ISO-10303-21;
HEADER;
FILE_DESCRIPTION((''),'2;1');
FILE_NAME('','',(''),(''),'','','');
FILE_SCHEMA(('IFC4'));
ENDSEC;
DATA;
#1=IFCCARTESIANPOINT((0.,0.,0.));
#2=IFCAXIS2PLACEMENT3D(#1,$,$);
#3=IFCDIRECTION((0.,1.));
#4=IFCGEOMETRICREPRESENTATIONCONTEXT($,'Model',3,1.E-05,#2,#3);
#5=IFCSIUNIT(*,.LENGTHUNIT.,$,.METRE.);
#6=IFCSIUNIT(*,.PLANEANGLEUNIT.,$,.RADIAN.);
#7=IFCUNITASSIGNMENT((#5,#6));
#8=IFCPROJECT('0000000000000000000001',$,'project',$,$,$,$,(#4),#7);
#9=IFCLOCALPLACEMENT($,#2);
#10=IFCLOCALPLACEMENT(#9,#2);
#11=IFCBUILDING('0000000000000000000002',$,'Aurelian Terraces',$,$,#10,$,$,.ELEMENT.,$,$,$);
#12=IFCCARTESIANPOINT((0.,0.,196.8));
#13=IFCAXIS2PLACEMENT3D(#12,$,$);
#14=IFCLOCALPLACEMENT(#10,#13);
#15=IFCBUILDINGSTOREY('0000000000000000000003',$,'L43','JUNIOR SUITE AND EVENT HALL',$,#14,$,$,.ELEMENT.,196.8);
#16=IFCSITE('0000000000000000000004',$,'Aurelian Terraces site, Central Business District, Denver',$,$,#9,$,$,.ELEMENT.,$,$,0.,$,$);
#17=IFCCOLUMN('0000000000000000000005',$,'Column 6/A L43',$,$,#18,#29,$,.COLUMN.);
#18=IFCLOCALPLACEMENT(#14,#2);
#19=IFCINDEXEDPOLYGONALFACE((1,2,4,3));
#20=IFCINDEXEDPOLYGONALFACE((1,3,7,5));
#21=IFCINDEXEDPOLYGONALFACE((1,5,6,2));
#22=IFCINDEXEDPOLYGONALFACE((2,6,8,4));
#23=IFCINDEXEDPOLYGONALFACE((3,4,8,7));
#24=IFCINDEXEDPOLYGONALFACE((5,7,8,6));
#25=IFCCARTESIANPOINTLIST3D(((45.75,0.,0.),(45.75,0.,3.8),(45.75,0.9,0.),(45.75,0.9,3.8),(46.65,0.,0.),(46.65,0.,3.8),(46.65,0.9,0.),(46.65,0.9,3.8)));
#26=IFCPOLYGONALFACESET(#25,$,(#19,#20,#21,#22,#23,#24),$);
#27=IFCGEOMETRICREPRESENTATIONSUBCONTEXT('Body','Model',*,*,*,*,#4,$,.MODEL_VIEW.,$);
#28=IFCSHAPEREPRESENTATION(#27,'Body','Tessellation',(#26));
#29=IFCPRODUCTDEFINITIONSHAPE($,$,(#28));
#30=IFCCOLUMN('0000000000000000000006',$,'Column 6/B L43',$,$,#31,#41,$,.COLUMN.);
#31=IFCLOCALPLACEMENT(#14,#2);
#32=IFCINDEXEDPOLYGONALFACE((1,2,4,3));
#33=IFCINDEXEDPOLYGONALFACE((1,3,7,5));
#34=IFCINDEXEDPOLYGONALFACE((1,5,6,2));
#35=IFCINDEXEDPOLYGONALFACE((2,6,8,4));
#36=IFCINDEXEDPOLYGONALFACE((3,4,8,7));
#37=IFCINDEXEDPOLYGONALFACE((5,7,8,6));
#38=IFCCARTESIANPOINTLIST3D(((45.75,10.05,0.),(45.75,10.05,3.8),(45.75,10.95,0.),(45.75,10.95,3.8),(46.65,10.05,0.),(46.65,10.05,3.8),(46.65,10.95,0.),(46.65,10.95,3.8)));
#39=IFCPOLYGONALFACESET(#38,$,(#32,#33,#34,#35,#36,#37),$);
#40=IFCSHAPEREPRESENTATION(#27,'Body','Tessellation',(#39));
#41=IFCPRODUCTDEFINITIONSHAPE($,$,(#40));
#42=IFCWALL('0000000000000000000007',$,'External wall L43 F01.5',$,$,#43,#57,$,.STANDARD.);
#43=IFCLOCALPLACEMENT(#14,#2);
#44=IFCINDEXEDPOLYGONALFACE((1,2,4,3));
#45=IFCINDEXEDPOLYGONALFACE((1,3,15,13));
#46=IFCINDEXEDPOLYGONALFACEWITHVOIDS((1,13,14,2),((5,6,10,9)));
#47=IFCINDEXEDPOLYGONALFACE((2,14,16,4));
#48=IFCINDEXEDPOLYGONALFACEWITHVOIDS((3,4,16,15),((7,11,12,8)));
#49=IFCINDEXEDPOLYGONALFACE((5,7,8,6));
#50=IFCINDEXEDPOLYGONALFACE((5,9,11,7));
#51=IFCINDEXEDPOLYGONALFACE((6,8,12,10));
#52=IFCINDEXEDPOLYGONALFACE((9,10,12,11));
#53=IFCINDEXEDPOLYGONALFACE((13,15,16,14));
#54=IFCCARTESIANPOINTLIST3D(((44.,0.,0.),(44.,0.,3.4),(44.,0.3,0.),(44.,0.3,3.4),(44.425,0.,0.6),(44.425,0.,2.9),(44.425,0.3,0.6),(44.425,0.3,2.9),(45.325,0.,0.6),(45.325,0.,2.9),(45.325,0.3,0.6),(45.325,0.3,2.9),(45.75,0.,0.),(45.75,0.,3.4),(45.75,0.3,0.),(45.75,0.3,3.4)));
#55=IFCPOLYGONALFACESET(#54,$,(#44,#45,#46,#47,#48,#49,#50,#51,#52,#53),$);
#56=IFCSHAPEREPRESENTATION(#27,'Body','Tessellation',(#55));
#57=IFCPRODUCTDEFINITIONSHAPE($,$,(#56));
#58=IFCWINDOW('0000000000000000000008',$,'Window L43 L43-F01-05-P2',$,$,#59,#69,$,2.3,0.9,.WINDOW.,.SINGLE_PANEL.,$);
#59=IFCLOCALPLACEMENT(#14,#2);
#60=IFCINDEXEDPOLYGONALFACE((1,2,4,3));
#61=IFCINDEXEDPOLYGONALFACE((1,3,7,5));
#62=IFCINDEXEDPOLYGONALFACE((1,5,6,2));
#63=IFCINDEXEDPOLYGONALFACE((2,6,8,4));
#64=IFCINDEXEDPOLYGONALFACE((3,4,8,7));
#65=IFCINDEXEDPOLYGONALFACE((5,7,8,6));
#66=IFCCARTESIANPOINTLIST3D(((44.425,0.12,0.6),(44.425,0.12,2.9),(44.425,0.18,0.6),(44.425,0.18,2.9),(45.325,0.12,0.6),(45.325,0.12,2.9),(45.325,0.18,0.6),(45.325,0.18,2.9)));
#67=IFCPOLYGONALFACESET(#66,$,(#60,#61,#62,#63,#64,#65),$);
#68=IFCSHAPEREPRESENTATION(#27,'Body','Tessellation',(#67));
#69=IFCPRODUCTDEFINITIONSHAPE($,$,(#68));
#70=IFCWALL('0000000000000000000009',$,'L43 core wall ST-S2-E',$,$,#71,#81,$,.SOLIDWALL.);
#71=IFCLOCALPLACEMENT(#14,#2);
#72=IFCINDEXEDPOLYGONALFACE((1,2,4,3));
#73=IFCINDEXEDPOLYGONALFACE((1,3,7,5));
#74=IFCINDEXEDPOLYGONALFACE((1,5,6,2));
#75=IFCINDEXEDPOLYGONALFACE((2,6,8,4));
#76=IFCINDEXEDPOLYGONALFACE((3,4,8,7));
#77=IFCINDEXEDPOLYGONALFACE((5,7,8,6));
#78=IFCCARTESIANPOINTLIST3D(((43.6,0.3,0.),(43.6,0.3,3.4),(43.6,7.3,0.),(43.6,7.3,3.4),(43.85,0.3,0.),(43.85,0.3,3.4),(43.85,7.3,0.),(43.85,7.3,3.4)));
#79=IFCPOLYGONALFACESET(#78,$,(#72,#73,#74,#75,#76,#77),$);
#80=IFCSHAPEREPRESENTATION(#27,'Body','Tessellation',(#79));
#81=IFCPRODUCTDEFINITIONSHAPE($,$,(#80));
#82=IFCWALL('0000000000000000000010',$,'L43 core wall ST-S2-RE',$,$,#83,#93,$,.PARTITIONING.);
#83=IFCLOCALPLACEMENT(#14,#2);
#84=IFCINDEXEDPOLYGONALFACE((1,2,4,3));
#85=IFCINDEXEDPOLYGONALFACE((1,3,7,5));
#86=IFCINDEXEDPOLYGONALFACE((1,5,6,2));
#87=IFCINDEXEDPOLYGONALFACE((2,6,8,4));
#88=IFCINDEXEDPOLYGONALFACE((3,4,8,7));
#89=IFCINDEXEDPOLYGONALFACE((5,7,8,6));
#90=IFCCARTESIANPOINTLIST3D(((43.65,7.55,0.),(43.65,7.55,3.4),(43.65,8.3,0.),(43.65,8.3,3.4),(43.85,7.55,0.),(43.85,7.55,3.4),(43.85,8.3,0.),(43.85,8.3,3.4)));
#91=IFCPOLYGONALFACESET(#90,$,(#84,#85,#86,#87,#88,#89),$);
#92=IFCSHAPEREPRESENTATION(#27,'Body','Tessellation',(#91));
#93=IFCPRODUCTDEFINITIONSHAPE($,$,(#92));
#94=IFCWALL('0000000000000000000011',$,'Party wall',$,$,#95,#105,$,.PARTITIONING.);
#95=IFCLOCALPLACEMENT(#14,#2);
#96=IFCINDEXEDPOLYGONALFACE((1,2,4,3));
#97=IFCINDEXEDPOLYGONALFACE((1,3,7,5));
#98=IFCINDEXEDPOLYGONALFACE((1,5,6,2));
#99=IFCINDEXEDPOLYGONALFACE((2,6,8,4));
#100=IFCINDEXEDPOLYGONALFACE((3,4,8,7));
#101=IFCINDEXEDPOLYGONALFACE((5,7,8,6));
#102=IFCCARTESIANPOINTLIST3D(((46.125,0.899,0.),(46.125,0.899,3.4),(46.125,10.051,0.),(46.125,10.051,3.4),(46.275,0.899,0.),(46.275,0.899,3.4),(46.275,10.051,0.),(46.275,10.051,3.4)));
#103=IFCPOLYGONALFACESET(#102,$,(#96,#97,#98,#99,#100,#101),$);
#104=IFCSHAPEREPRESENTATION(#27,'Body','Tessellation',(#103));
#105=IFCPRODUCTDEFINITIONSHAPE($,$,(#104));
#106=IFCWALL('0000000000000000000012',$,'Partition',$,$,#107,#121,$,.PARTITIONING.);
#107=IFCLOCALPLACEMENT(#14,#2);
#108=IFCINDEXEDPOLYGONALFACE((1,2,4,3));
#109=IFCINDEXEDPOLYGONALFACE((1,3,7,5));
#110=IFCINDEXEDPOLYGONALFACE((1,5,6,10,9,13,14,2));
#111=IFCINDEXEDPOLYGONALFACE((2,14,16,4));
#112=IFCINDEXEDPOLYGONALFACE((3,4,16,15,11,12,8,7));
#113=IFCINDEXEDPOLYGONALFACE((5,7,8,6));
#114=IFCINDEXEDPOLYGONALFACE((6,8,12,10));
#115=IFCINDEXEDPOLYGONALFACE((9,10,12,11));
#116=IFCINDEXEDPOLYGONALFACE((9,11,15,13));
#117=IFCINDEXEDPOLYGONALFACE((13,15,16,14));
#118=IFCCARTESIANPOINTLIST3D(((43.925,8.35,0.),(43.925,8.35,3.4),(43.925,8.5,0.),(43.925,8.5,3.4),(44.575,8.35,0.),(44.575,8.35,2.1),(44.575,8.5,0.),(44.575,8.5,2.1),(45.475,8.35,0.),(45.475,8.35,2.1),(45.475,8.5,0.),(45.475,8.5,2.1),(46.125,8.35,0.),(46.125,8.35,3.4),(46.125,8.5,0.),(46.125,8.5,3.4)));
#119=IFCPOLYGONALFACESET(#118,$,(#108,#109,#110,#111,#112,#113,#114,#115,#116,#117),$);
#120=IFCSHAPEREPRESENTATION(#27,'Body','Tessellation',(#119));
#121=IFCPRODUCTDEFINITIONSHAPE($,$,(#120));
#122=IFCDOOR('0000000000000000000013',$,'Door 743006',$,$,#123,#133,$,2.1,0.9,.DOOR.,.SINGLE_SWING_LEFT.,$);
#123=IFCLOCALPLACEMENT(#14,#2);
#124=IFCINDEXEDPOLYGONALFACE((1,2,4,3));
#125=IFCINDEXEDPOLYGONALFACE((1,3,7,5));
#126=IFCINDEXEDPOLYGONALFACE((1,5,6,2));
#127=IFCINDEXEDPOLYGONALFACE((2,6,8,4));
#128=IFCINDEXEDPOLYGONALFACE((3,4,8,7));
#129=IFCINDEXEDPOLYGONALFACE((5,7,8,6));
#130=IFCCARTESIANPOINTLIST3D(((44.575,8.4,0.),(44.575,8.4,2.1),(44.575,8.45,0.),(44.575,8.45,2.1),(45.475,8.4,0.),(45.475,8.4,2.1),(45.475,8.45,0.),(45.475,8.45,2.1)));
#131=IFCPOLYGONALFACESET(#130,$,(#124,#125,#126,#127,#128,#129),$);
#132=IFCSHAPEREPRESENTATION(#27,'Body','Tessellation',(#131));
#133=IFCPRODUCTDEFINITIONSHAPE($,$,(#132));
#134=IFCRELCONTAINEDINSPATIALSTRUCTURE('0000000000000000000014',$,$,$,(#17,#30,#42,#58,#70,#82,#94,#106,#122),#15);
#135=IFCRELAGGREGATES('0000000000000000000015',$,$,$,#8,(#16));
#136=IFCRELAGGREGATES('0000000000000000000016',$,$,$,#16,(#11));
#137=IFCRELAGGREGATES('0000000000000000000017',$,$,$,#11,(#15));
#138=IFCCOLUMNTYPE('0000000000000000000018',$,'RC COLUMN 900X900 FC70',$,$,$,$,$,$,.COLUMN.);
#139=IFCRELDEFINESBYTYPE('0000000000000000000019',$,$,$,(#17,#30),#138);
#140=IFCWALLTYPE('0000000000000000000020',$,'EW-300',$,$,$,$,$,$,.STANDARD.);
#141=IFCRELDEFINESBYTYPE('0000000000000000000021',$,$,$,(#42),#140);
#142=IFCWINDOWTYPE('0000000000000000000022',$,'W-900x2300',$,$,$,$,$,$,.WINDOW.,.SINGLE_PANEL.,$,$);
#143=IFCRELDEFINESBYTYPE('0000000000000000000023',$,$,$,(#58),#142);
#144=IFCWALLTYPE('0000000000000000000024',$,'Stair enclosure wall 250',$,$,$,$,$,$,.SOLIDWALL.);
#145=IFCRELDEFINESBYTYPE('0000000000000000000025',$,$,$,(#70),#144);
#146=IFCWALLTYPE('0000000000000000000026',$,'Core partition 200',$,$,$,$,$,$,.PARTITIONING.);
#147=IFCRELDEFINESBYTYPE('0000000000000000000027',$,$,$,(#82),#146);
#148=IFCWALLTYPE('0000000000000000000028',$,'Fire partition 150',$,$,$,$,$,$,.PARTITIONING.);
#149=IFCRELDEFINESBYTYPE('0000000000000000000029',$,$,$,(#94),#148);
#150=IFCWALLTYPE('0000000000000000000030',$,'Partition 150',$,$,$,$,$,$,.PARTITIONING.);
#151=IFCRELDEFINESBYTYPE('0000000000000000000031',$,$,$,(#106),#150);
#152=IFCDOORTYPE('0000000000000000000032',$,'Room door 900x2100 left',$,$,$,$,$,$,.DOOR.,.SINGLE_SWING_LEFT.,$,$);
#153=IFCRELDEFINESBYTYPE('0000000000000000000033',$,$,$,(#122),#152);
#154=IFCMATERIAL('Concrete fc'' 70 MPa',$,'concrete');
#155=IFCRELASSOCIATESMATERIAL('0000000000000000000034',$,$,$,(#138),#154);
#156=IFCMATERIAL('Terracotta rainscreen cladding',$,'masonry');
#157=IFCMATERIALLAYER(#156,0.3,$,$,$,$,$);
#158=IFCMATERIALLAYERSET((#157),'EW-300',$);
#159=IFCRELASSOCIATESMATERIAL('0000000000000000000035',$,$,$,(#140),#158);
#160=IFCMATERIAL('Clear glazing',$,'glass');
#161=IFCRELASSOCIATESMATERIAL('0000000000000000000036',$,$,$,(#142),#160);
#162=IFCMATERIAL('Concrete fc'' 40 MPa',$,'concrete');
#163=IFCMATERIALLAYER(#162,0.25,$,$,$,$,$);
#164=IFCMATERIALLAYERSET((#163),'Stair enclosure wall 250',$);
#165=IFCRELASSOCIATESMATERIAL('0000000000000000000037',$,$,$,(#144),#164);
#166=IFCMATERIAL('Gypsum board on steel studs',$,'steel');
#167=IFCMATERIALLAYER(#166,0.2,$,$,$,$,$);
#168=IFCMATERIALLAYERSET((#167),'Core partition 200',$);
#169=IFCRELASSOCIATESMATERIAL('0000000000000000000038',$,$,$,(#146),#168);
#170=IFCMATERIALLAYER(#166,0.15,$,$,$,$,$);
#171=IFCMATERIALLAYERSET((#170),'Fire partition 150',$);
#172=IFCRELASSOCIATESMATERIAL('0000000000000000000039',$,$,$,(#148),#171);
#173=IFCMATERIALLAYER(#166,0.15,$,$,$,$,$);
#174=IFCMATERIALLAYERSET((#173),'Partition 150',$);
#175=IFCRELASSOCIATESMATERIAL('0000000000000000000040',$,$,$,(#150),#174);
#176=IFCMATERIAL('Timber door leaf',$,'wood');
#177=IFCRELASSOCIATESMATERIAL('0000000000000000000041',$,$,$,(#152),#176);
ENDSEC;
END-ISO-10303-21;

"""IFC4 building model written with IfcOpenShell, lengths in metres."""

from ifc_helpers import new_model, si_unit, direction, frame, frame_2d, origin, origin_2d, place, context, subcontext, project, spatial, rectangle, extrude, source, transform, mapped, material, layer, layer_set, material_profile, profile_set, type_object, element, fill, save


model = new_model("IFC4")

# Units and contexts
model_context = context("Model", 3, precision=1e-05, world=origin(), true_north=direction((0.0, 1.0)))
body_context = subcontext(model_context, "Body", "Model", "MODEL_VIEW")
ifc_project = project(units=[si_unit("LENGTHUNIT", "METRE"), si_unit("PLANEANGLEUNIT", "RADIAN")], contexts=[model_context])

# Site, building, storey
site_placement = place(None, origin())
site = spatial("IfcSite", under=ifc_project, at=site_placement, Name="Aurelian Terraces site, Central Business District, Denver", CompositionType="ELEMENT", RefElevation=0.0)
building_placement = place(site_placement, origin())
building = spatial("IfcBuilding", under=site, at=building_placement, Name="Aurelian Terraces", CompositionType="ELEMENT")
storey_placement = place(building_placement, frame((0.0, 0.0, 196.8)))
storey = spatial("IfcBuildingStorey", under=building, at=storey_placement, Name="L43", Description="JUNIOR SUITE AND EVENT HALL", CompositionType="ELEMENT", Elevation=196.8)

# Columns
ifc_material_1 = material(Name="Concrete fc' 70 MPa", Category="concrete")
ifc_material_profile = material_profile(ifc_material_1, rectangle(XDim=0.9, YDim=0.9, at=origin_2d()))
ifc_profile_set = profile_set([ifc_material_profile], Name="Concrete fc' 70 MPa")
column_type = type_object("IfcColumnType", Name="RC COLUMN 900X900 FC70", PredefinedType="COLUMN", material=ifc_profile_set)
shared_shape_1 = source(origin(), body_context, "Body", "SweptSolid", [
    extrude(rectangle(XDim=0.9, YDim=0.9, at=origin_2d()), origin(), (0.0, 0.0, 1.0), 3.8),
])
for number, where, z_axis, x_axis, name in (
    (1, (46.2, 0.45, 0.0), (0.0, 0.0, 1.0), (1.0, 0.0, 0.0), "Column 6/A L43"),
    (2, (46.2, 10.5, 0.0), (0.0, 0.0, 1.0), (1.0, 0.0, 0.0), "Column 6/B L43"),
):
    element("IfcColumn", number, at=place(storey_placement, frame(where, z_axis=z_axis, x_axis=x_axis)), inside=storey, type_object=column_type, Name=name, PredefinedType="COLUMN", context=body_context, shape_type="MappedRepresentation", body=[
        mapped(shared_shape_1, transform((0.0, 0.0, 0.0), scale=1.0)),
    ])

# Wall, opening, window
ifc_material_2 = material(Name="Terracotta rainscreen cladding", Category="masonry")
ifc_layer_1 = layer(ifc_material_2, 0.3)
ifc_layer_set_1 = layer_set([ifc_layer_1], Name="EW-300")
wall_type_1 = type_object("IfcWallType", Name="EW-300", PredefinedType="STANDARD", material=ifc_layer_set_1)
shared_shape_2 = source(origin(), body_context, "Body", "SweptSolid", [
    extrude(rectangle(XDim=1.75, YDim=0.3, at=frame_2d((0.875, 0.0))), origin(), (0.0, 0.0, 1.0), 3.4),
])
wall_1_placement = place(storey_placement, frame((44.0, 0.15, 0.0), z_axis=(0.0, 0.0, 1.0), x_axis=(1.0, 0.0, 0.0)))
wall_1 = element("IfcWall", 3, at=wall_1_placement, inside=storey, type_object=wall_type_1, Name="External wall L43 F01.5", PredefinedType="STANDARD", context=body_context, shape_type="MappedRepresentation", body=[
    mapped(shared_shape_2, transform((0.0, 0.0, 0.0), scale=1.0)),
])
shared_shape_3 = source(origin(), body_context, "Body", "SweptSolid", [
    extrude(rectangle(XDim=0.9, YDim=2.3, at=frame_2d((0.45, 1.15))), frame((0.0, 0.16, 0.0), z_axis=(0.0, -1.0, 0.0), x_axis=(1.0, 0.0, 0.0)), (0.0, 0.0, 1.0), 0.32),
])
opening_1_placement = place(wall_1_placement, frame((0.425, 0.0, 0.6)))
opening_1 = element("IfcOpeningElement", 4, at=opening_1_placement, cuts=wall_1, PredefinedType="OPENING", context=body_context, shape_type="MappedRepresentation", body=[
    mapped(shared_shape_3, transform((0.0, 0.0, 0.0), scale=1.0)),
])
ifc_material_3 = material(Name="Clear glazing", Category="glass")
window_type = type_object("IfcWindowType", Name="W-900x2300", PartitioningType="SINGLE_PANEL", PredefinedType="WINDOW", material=ifc_material_3)
shared_shape_4 = source(origin(), body_context, "Body", "SweptSolid", [
    extrude(rectangle(XDim=0.9, YDim=2.3, at=frame_2d((0.45, 1.15))), frame((0.0, 0.03, 0.0), z_axis=(0.0, -1.0, 0.0), x_axis=(1.0, 0.0, 0.0)), (0.0, 0.0, 1.0), 0.06),
])
window_placement = place(opening_1_placement, origin())
window = element("IfcWindow", 5, at=window_placement, inside=storey, type_object=window_type, Name="Window L43 L43-F01-05-P2", OverallHeight=2.3, OverallWidth=0.9, PartitioningType="SINGLE_PANEL", PredefinedType="WINDOW", context=body_context, shape_type="MappedRepresentation", body=[
    mapped(shared_shape_4, transform((0.0, 0.0, 0.0), scale=1.0)),
])
fill(opening_1, window)

# Walls
ifc_material_4 = material(Name="Concrete fc' 40 MPa", Category="concrete")
ifc_layer_2 = layer(ifc_material_4, 0.25)
ifc_layer_set_2 = layer_set([ifc_layer_2], Name="Stair enclosure wall 250")
wall_type_2 = type_object("IfcWallType", Name="Stair enclosure wall 250", PredefinedType="SOLIDWALL", material=ifc_layer_set_2)
shared_shape_5 = source(origin(), body_context, "Body", "SweptSolid", [
    extrude(rectangle(XDim=7.0, YDim=0.25, at=frame_2d((3.5, 0.0))), origin(), (0.0, 0.0, 1.0), 3.4),
])
wall_2_placement = place(storey_placement, frame((43.725, 0.3, 0.0), z_axis=(0.0, 0.0, 1.0), x_axis=(0.0, 1.0, 0.0)))
element("IfcWall", 6, at=wall_2_placement, inside=storey, type_object=wall_type_2, Name="L43 core wall ST-S2-E", PredefinedType="SOLIDWALL", context=body_context, shape_type="MappedRepresentation", body=[
    mapped(shared_shape_5, transform((0.0, 0.0, 0.0), scale=1.0)),
])
ifc_material_5 = material(Name="Gypsum board on steel studs", Category="steel")
ifc_layer_3 = layer(ifc_material_5, 0.2)
ifc_layer_set_3 = layer_set([ifc_layer_3], Name="Core partition 200")
wall_type_3 = type_object("IfcWallType", Name="Core partition 200", PredefinedType="PARTITIONING", material=ifc_layer_set_3)
shared_shape_6 = source(origin(), body_context, "Body", "SweptSolid", [
    extrude(rectangle(XDim=0.75, YDim=0.2, at=frame_2d((0.375, 0.0))), origin(), (0.0, 0.0, 1.0), 3.4),
])
wall_3_placement = place(storey_placement, frame((43.75, 7.55, 0.0), z_axis=(0.0, 0.0, 1.0), x_axis=(0.0, 1.0, 0.0)))
element("IfcWall", 7, at=wall_3_placement, inside=storey, type_object=wall_type_3, Name="L43 core wall ST-S2-RE", PredefinedType="PARTITIONING", context=body_context, shape_type="MappedRepresentation", body=[
    mapped(shared_shape_6, transform((0.0, 0.0, 0.0), scale=1.0)),
])
ifc_layer_4 = layer(ifc_material_5, 0.15)
ifc_layer_set_4 = layer_set([ifc_layer_4], Name="Fire partition 150")
wall_type_4 = type_object("IfcWallType", Name="Fire partition 150", PredefinedType="PARTITIONING", material=ifc_layer_set_4)
shared_shape_7 = source(origin(), body_context, "Body", "SweptSolid", [
    extrude(rectangle(XDim=9.152, YDim=0.15, at=frame_2d((4.576, 0.0))), origin(), (0.0, 0.0, 1.0), 3.4),
])
wall_4_placement = place(storey_placement, frame((46.2, 0.899, 0.0), z_axis=(0.0, 0.0, 1.0), x_axis=(0.0, 1.0, 0.0)))
element("IfcWall", 8, at=wall_4_placement, inside=storey, type_object=wall_type_4, Name="Party wall", PredefinedType="PARTITIONING", context=body_context, shape_type="MappedRepresentation", body=[
    mapped(shared_shape_7, transform((0.0, 0.0, 0.0), scale=1.0)),
])

# Wall, opening, door
ifc_layer_5 = layer(ifc_material_5, 0.15)
ifc_layer_set_5 = layer_set([ifc_layer_5], Name="Partition 150")
wall_type_5 = type_object("IfcWallType", Name="Partition 150", PredefinedType="PARTITIONING", material=ifc_layer_set_5)
shared_shape_8 = source(origin(), body_context, "Body", "SweptSolid", [
    extrude(rectangle(XDim=2.2, YDim=0.15, at=frame_2d((1.1, 0.0))), origin(), (0.0, 0.0, 1.0), 3.4),
])
wall_5_placement = place(storey_placement, frame((46.125, 8.425, 0.0), z_axis=(0.0, 0.0, 1.0), x_axis=(-1.0, 0.0, 0.0)))
wall_5 = element("IfcWall", 9, at=wall_5_placement, inside=storey, type_object=wall_type_5, Name="Partition", PredefinedType="PARTITIONING", context=body_context, shape_type="MappedRepresentation", body=[
    mapped(shared_shape_8, transform((0.0, 0.0, 0.0), scale=1.0)),
])
shared_shape_9 = source(origin(), body_context, "Body", "SweptSolid", [
    extrude(rectangle(XDim=0.9, YDim=2.1, at=frame_2d((0.45, 1.05))), frame((0.0, 0.085, 0.0), z_axis=(0.0, -1.0, 0.0), x_axis=(1.0, 0.0, 0.0)), (0.0, 0.0, 1.0), 0.17),
])
opening_2_placement = place(wall_5_placement, frame((0.65, 0.0, 0.0)))
opening_2 = element("IfcOpeningElement", 10, at=opening_2_placement, cuts=wall_5, PredefinedType="OPENING", context=body_context, shape_type="MappedRepresentation", body=[
    mapped(shared_shape_9, transform((0.0, 0.0, 0.0), scale=1.0)),
])
ifc_material_6 = material(Name="Timber door leaf", Category="wood")
door_type = type_object("IfcDoorType", Name="Room door 900x2100 left", OperationType="SINGLE_SWING_LEFT", PredefinedType="DOOR", material=ifc_material_6)
shared_shape_10 = source(origin(), body_context, "Body", "SweptSolid", [
    extrude(rectangle(XDim=0.9, YDim=2.1, at=frame_2d((0.45, 1.05))), frame((0.0, 0.025, 0.0), z_axis=(0.0, -1.0, 0.0), x_axis=(1.0, 0.0, 0.0)), (0.0, 0.0, 1.0), 0.05),
])
door_placement = place(opening_2_placement, origin())
door = element("IfcDoor", 11, at=door_placement, inside=storey, type_object=door_type, Name="Door 743006", OperationType="SINGLE_SWING_LEFT", OverallHeight=2.1, OverallWidth=0.9, PredefinedType="DOOR", context=body_context, shape_type="MappedRepresentation", body=[
    mapped(shared_shape_10, transform((0.0, 0.0, 0.0), scale=1.0)),
])
fill(opening_2, door)

save(model, "model.ifc")
